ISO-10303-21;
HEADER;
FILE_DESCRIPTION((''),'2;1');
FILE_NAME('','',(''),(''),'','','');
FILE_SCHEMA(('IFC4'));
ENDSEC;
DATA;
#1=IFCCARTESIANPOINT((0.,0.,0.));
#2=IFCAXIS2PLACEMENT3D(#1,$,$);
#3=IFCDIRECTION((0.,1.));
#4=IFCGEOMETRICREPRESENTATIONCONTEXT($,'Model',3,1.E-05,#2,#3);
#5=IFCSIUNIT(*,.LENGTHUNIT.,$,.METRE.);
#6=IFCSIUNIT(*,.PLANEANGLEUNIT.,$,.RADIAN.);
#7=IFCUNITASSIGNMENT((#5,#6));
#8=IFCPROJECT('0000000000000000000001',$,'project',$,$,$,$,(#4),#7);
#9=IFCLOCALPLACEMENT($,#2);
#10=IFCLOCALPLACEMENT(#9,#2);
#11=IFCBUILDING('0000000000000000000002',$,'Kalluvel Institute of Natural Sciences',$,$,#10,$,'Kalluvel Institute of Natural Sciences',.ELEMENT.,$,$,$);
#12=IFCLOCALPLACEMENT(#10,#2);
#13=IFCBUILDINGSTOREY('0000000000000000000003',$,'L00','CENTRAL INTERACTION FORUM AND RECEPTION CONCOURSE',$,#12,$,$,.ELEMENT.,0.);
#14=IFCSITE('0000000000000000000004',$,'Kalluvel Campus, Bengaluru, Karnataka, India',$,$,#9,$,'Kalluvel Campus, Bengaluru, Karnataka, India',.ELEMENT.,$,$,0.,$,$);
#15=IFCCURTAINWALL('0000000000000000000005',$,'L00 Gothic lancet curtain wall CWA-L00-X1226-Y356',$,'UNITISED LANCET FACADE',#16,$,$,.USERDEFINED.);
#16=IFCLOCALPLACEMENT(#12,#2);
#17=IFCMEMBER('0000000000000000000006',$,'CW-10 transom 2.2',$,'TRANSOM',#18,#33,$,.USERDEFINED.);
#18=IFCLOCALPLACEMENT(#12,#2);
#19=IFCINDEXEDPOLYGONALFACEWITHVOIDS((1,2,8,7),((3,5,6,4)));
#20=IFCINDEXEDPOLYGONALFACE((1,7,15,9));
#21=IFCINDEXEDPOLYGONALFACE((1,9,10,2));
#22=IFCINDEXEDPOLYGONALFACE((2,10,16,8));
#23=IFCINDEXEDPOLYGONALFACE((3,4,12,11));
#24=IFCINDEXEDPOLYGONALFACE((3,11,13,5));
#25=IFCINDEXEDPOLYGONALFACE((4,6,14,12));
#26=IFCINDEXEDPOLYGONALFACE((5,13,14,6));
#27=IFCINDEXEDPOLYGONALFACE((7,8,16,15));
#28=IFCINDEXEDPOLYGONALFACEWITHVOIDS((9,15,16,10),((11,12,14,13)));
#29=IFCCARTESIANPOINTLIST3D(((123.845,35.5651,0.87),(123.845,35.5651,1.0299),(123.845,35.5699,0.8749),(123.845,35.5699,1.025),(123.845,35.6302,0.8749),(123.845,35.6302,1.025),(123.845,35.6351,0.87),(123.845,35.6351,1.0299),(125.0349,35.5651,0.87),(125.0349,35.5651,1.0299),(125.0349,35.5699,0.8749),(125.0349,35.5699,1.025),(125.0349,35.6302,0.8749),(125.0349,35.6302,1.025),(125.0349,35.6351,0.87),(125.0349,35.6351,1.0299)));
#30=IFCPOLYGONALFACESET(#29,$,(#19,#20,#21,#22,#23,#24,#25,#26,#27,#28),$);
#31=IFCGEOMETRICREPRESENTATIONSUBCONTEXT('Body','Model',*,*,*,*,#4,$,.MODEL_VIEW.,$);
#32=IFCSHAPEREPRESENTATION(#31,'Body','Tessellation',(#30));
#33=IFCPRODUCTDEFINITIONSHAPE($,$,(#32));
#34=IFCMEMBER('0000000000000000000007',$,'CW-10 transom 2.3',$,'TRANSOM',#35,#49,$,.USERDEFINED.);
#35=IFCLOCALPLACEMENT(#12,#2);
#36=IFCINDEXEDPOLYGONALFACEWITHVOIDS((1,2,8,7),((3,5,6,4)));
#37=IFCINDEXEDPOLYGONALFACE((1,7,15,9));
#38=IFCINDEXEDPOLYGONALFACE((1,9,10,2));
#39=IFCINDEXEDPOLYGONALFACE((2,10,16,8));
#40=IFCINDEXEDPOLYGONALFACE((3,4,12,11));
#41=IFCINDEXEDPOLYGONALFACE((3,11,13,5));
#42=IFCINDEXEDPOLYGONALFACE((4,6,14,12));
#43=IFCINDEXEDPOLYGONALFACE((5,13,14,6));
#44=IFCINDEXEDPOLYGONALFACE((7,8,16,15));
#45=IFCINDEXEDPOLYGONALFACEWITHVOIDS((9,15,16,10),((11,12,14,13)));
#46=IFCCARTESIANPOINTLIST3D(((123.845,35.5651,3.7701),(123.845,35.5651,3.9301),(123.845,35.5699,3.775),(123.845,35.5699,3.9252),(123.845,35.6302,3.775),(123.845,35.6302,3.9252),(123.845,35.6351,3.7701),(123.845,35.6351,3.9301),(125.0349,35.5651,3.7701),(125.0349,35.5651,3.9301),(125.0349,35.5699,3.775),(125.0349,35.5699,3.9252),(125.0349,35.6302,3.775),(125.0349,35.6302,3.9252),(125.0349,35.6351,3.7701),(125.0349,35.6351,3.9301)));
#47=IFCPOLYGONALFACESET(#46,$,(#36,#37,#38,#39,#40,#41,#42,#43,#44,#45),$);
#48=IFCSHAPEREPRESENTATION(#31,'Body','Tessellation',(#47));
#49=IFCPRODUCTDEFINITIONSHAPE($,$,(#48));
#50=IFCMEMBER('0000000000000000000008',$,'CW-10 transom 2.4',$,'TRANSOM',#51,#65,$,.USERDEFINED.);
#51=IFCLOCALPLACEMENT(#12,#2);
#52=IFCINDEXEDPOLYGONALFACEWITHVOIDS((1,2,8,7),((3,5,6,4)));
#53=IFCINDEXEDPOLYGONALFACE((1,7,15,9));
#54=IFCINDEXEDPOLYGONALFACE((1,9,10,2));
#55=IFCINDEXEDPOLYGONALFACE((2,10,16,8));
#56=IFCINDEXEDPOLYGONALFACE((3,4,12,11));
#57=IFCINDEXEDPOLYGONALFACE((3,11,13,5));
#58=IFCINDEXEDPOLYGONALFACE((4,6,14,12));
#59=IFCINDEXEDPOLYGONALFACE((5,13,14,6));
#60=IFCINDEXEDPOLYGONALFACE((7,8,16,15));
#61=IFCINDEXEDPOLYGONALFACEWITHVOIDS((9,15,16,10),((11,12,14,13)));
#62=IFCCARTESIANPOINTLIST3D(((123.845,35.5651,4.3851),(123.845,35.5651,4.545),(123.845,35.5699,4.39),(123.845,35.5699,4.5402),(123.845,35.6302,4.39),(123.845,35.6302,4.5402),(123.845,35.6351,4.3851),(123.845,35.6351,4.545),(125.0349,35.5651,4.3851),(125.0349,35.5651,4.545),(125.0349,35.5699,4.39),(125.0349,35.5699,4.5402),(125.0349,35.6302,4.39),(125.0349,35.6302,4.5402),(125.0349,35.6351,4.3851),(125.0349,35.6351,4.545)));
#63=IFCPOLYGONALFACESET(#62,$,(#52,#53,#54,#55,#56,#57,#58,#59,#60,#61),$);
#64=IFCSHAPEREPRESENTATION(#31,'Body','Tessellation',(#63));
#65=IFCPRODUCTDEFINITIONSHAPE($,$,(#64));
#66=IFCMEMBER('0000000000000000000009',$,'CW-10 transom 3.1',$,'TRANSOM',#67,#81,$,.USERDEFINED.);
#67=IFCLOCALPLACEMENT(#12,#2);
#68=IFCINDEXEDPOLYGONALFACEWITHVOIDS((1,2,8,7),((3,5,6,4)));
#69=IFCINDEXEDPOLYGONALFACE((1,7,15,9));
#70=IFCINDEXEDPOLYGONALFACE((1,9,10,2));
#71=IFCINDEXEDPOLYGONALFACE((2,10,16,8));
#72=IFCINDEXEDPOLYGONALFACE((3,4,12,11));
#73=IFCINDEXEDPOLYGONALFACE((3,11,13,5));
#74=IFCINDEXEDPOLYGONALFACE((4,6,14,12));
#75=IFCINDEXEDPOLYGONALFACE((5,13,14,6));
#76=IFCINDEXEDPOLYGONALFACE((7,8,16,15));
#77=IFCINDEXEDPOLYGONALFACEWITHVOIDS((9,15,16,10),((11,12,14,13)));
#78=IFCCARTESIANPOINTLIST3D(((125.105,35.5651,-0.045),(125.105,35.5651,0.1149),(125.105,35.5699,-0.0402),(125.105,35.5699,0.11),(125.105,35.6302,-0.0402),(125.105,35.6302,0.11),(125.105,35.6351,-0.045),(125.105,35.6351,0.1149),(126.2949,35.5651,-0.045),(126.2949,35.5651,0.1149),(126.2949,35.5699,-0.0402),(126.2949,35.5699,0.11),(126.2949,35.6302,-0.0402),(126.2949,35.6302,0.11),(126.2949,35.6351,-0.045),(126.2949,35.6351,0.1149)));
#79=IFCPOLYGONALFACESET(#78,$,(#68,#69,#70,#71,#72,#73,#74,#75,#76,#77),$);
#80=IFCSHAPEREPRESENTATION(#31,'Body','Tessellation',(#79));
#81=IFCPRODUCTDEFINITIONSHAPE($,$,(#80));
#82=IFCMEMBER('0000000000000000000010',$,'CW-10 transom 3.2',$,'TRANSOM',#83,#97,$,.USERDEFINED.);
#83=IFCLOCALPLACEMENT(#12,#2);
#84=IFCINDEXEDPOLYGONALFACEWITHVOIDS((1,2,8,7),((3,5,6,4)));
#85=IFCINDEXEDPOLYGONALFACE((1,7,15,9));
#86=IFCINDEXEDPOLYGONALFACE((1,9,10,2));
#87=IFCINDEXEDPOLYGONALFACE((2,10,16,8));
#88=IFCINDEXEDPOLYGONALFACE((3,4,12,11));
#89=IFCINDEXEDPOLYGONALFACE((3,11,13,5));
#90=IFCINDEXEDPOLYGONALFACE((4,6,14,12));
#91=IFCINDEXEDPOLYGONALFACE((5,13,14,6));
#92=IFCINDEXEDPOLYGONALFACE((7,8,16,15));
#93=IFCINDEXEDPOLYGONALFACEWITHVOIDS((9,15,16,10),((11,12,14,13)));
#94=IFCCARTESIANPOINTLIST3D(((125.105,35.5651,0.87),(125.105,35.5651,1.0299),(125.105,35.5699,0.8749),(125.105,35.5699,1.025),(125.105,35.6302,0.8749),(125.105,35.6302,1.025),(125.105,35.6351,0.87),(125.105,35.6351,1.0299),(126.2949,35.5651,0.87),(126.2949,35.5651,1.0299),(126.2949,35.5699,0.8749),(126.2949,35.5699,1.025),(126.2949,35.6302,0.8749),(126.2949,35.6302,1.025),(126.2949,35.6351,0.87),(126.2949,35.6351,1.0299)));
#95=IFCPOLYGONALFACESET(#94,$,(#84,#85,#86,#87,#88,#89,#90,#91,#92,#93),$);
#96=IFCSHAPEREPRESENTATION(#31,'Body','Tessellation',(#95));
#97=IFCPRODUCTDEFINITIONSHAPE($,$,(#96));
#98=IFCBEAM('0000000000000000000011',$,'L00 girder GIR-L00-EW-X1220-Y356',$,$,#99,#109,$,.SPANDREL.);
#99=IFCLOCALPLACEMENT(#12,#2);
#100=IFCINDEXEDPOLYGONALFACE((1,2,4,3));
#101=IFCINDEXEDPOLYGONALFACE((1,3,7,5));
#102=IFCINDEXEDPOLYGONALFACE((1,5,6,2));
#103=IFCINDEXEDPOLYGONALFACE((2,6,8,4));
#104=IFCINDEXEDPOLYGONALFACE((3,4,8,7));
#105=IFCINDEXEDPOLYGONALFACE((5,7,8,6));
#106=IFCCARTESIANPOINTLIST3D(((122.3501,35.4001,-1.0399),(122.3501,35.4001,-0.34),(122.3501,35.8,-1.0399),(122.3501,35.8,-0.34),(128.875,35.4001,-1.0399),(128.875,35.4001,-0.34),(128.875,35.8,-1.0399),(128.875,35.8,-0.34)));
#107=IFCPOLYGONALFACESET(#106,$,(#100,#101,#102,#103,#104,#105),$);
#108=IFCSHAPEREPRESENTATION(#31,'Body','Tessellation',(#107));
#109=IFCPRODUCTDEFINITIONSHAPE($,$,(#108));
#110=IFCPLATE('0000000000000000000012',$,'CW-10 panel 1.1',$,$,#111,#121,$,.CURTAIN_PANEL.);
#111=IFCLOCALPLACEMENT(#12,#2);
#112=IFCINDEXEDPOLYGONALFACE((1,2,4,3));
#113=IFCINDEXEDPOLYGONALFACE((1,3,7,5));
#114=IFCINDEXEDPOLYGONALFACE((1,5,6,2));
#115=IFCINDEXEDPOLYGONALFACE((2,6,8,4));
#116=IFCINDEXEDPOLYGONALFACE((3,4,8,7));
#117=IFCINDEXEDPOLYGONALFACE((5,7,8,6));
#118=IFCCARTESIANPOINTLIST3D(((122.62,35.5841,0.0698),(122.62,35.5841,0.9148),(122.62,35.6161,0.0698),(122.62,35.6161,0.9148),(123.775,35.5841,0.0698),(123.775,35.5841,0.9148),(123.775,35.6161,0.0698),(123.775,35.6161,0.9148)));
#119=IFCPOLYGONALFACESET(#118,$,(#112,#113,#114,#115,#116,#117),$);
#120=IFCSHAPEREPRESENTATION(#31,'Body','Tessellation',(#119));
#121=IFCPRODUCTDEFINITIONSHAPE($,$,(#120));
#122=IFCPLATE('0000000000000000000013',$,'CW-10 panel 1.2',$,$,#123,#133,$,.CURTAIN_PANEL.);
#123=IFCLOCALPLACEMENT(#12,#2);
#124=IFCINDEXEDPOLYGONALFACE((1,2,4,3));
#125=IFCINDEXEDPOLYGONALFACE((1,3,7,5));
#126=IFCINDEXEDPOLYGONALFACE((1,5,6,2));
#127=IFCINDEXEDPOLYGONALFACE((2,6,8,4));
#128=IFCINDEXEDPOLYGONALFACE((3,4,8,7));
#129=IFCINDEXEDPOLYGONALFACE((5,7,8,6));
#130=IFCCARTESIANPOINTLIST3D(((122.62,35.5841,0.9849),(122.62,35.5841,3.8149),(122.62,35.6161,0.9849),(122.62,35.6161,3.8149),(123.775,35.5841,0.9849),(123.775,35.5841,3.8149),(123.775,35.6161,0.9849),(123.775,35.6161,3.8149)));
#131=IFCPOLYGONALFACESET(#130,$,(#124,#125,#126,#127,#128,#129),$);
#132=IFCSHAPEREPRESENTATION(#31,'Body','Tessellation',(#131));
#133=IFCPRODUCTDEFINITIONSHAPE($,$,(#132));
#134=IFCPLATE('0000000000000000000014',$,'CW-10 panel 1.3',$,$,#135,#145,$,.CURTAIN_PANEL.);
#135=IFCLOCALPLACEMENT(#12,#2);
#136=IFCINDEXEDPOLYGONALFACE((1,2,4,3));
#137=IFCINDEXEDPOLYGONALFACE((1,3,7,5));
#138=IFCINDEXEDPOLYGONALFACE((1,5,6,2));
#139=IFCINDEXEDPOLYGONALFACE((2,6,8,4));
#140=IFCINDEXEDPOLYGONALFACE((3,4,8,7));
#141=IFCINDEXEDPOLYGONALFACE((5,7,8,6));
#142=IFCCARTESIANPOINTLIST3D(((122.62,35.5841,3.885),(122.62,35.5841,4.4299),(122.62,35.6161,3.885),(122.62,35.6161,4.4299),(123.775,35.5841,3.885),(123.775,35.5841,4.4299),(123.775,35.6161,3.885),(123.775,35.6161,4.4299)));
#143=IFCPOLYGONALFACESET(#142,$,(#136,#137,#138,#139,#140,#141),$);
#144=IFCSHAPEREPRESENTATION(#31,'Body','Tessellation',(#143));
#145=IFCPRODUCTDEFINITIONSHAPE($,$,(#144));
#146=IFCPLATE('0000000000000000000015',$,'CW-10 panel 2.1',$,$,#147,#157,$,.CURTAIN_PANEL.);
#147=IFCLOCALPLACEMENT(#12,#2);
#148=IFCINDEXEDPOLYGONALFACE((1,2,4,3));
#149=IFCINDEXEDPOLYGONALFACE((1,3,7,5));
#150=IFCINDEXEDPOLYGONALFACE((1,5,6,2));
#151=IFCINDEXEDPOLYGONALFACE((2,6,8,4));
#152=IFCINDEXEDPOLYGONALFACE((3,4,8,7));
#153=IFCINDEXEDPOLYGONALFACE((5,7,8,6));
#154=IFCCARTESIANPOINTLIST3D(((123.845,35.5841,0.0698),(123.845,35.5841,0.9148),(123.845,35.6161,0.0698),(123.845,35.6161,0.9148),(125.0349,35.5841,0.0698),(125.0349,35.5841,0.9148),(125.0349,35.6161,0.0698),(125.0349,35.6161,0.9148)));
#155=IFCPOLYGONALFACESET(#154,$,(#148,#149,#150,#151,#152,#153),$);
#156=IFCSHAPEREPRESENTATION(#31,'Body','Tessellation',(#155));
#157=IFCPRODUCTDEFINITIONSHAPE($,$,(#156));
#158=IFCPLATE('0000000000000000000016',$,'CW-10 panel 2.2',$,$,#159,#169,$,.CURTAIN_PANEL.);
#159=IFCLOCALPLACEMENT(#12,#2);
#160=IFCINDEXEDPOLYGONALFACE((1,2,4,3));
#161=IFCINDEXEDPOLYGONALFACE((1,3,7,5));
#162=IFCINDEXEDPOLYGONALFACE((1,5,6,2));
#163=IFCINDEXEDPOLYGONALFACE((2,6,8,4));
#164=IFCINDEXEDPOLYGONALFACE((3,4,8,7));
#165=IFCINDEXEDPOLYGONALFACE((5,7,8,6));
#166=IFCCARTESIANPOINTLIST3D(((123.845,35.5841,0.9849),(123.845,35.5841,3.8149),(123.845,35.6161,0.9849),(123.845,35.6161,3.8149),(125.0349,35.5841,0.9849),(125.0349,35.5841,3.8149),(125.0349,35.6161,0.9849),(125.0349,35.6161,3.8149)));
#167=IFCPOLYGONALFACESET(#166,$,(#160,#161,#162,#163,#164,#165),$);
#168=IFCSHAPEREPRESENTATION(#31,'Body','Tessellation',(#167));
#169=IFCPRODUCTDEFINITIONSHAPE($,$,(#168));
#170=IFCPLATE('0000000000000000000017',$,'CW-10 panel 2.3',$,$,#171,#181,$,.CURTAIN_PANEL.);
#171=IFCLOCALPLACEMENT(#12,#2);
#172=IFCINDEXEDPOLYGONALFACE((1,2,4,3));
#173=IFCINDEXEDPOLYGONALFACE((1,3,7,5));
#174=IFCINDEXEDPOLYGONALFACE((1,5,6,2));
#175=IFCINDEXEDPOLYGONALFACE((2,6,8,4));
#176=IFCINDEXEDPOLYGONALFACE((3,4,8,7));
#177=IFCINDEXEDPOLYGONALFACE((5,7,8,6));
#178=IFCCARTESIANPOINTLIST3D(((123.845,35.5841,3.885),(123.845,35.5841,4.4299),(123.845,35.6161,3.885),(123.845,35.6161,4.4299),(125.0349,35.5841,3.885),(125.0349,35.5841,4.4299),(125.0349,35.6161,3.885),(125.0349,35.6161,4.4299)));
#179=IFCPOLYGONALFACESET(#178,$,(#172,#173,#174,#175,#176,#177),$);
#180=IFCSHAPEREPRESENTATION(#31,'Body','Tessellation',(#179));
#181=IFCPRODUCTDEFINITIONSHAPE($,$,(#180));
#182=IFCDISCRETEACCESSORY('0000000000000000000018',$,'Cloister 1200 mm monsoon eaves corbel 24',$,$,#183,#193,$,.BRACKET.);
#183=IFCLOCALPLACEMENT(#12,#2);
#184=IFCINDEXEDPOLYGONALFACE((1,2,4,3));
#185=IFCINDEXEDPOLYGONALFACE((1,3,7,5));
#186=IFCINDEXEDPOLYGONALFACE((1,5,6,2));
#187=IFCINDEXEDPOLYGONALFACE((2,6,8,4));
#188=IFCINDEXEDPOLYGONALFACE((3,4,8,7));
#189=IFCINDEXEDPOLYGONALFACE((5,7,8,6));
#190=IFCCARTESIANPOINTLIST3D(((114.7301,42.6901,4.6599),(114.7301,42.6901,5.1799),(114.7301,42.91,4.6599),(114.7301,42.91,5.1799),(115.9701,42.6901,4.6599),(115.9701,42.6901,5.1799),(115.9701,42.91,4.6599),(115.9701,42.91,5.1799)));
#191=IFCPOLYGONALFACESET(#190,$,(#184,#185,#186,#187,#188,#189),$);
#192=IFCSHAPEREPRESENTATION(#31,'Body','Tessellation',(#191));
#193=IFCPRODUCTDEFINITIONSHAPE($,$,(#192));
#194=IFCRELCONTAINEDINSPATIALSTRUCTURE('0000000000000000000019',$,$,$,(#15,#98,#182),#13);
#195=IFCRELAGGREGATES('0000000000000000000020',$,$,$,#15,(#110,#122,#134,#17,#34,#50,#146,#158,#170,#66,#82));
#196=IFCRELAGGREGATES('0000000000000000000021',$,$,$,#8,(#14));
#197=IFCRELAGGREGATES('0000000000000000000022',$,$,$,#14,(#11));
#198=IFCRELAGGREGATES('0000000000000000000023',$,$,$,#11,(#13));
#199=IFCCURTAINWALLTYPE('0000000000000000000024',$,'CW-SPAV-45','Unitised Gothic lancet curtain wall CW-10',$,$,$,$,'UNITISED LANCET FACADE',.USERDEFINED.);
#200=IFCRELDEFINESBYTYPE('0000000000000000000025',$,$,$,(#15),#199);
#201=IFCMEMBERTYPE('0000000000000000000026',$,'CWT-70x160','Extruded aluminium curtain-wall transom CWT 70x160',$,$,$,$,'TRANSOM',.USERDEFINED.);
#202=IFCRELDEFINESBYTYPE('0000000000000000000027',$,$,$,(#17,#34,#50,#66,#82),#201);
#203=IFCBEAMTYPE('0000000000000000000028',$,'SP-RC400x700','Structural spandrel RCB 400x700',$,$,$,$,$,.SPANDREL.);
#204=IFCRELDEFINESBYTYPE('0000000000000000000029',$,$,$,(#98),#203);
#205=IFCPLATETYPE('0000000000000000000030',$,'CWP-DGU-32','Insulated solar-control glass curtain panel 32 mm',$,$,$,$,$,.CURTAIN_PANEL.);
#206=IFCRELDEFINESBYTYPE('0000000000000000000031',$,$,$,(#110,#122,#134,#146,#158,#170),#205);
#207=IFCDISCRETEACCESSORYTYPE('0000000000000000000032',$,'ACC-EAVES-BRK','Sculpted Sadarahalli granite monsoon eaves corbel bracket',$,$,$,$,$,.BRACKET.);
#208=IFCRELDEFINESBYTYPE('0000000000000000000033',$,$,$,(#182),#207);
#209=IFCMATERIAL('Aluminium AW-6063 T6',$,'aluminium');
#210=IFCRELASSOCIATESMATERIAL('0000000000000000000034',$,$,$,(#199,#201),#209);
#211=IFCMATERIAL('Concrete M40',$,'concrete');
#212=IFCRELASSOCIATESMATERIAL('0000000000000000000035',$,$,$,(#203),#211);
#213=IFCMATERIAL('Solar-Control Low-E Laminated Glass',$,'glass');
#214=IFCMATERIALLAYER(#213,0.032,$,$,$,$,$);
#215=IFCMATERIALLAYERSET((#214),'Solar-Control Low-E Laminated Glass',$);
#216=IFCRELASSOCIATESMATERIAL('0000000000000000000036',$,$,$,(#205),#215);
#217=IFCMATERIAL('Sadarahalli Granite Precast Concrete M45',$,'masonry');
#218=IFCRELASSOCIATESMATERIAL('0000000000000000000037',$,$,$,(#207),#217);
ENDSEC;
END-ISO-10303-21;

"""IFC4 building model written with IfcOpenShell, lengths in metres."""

from ifc_helpers import new_model, si_unit, direction, frame, origin, origin_2d, place, context, subcontext, project, spatial, rectangle, hollow_rectangle, extrude, material, layer, layer_set, material_profile, profile_set, type_object, element, aggregate, save


model = new_model("IFC4")

# Units and contexts
model_context = context("Model", 3, precision=1e-05, world=origin(), true_north=direction((0.0, 1.0)))
body_context = subcontext(model_context, "Body", "Model", "MODEL_VIEW")
ifc_project = project(units=[si_unit("LENGTHUNIT", "METRE"), si_unit("PLANEANGLEUNIT", "RADIAN")], contexts=[model_context])

# Site, building, storey
site_placement = place(None, origin())
site = spatial("IfcSite", under=ifc_project, at=site_placement, Name="Kalluvel Campus, Bengaluru, Karnataka, India", LongName="Kalluvel Campus, Bengaluru, Karnataka, India", CompositionType="ELEMENT", RefElevation=0.0)
building_placement = place(site_placement, origin())
building = spatial("IfcBuilding", under=site, at=building_placement, Name="Kalluvel Institute of Natural Sciences", LongName="Kalluvel Institute of Natural Sciences", CompositionType="ELEMENT")
storey_placement = place(building_placement, origin())
storey = spatial("IfcBuildingStorey", under=building, at=storey_placement, Name="L00", Description="CENTRAL INTERACTION FORUM AND RECEPTION CONCOURSE", CompositionType="ELEMENT", Elevation=0.0)

# Shared definitions
ifc_material_1 = material(Name="Concrete M40", Category="concrete")

# Curtain wall, members
ifc_material_2 = material(Name="Aluminium AW-6063 T6", Category="aluminium")
curtain_wall_type = type_object("IfcCurtainWallType", Name="CW-SPAV-45", Description="Unitised Gothic lancet curtain wall CW-10", ElementType="UNITISED LANCET FACADE", PredefinedType="USERDEFINED", material=ifc_material_2)
curtain_wall_placement = place(storey_placement, origin())
curtain_wall = element("IfcCurtainWall", 1, at=curtain_wall_placement, inside=storey, type_object=curtain_wall_type, Name="L00 Gothic lancet curtain wall CWA-L00-X1226-Y356", ObjectType="UNITISED LANCET FACADE", PredefinedType="USERDEFINED")
ifc_material_profile_1 = material_profile(ifc_material_2, hollow_rectangle(XDim=0.0701, YDim=0.1599, WallThickness=0.0049, at=origin_2d()), Name="CWT 70x160")
ifc_profile_set_1 = profile_set([ifc_material_profile_1], Name="Aluminium AW-6063 T6")
member_type_1 = type_object("IfcMemberType", Name="CWT-70x160", Description="Extruded aluminium curtain-wall transom CWT 70x160", ElementType="TRANSOM", PredefinedType="USERDEFINED", material=ifc_profile_set_1)
member_1_placement = place(storey_placement, frame((123.845, 35.6001, 0.95), z_axis=(1.0, 0.0, 0.0), x_axis=(0.0, 1.0, 0.0)))
member_1 = element("IfcMember", 2, at=member_1_placement, type_object=member_type_1, Name="CW-10 transom 2.2", ObjectType="TRANSOM", PredefinedType="USERDEFINED", context=body_context, shape_type="SweptSolid", body=[
    extrude(hollow_rectangle(XDim=0.0701, YDim=0.1599, WallThickness=0.0049, at=origin_2d()), origin(), (0.0, 0.0, 1.0), 1.1899),
])
member_2_placement = place(storey_placement, frame((123.845, 35.6001, 3.8501), z_axis=(1.0, 0.0, 0.0), x_axis=(0.0, 1.0, 0.0)))
member_2 = element("IfcMember", 3, at=member_2_placement, type_object=member_type_1, Name="CW-10 transom 2.3", ObjectType="TRANSOM", PredefinedType="USERDEFINED", context=body_context, shape_type="SweptSolid", body=[
    extrude(hollow_rectangle(XDim=0.0701, YDim=0.1599, WallThickness=0.0049, at=origin_2d()), origin(), (0.0, 0.0, 1.0), 1.1899),
])
member_3_placement = place(storey_placement, frame((123.845, 35.6001, 4.4651), z_axis=(1.0, 0.0, 0.0), x_axis=(0.0, 1.0, 0.0)))
member_3 = element("IfcMember", 4, at=member_3_placement, type_object=member_type_1, Name="CW-10 transom 2.4", ObjectType="TRANSOM", PredefinedType="USERDEFINED", context=body_context, shape_type="SweptSolid", body=[
    extrude(hollow_rectangle(XDim=0.0701, YDim=0.1599, WallThickness=0.0049, at=origin_2d()), origin(), (0.0, 0.0, 1.0), 1.1899),
])
member_4_placement = place(storey_placement, frame((125.105, 35.6001, 0.0349), z_axis=(1.0, 0.0, 0.0), x_axis=(0.0, 1.0, 0.0)))
member_4 = element("IfcMember", 5, at=member_4_placement, type_object=member_type_1, Name="CW-10 transom 3.1", ObjectType="TRANSOM", PredefinedType="USERDEFINED", context=body_context, shape_type="SweptSolid", body=[
    extrude(hollow_rectangle(XDim=0.0701, YDim=0.1599, WallThickness=0.0049, at=origin_2d()), origin(), (0.0, 0.0, 1.0), 1.1899),
])
member_5_placement = place(storey_placement, frame((125.105, 35.6001, 0.95), z_axis=(1.0, 0.0, 0.0), x_axis=(0.0, 1.0, 0.0)))
member_5 = element("IfcMember", 6, at=member_5_placement, type_object=member_type_1, Name="CW-10 transom 3.2", ObjectType="TRANSOM", PredefinedType="USERDEFINED", context=body_context, shape_type="SweptSolid", body=[
    extrude(hollow_rectangle(XDim=0.0701, YDim=0.1599, WallThickness=0.0049, at=origin_2d()), origin(), (0.0, 0.0, 1.0), 1.1899),
])

# Beam
ifc_material_profile_2 = material_profile(ifc_material_1, rectangle(XDim=0.3999, YDim=0.7, at=origin_2d()), Name="RCB 400x700")
ifc_profile_set_2 = profile_set([ifc_material_profile_2], Name="Concrete M40")
beam_type = type_object("IfcBeamType", Name="SP-RC400x700", Description="Structural spandrel RCB 400x700", PredefinedType="SPANDREL", material=ifc_profile_set_2)
beam_placement = place(storey_placement, frame((122.3501, 35.6001, -0.6899), z_axis=(1.0, 0.0, 0.0), x_axis=(0.0, 1.0, 0.0)))
element("IfcBeam", 7, at=beam_placement, inside=storey, type_object=beam_type, Name="L00 girder GIR-L00-EW-X1220-Y356", PredefinedType="SPANDREL", context=body_context, shape_type="SweptSolid", body=[
    extrude(rectangle(XDim=0.3999, YDim=0.7, at=origin_2d()), origin(), (0.0, 0.0, 1.0), 6.5249),
])

# Plates
ifc_material_3 = material(Name="Solar-Control Low-E Laminated Glass", Category="glass")
ifc_layer = layer(ifc_material_3, 0.032)
ifc_layer_set = layer_set([ifc_layer], Name="Solar-Control Low-E Laminated Glass")
plate_type = type_object("IfcPlateType", Name="CWP-DGU-32", Description="Insulated solar-control glass curtain panel 32 mm", PredefinedType="CURTAIN_PANEL", material=ifc_layer_set)
plate_1_placement = place(storey_placement, frame((123.1975, 35.6001, 0.0698), z_axis=(0.0, 0.0, 1.0), x_axis=(1.0, 0.0, 0.0)))
plate_1 = element("IfcPlate", 8, at=plate_1_placement, type_object=plate_type, Name="CW-10 panel 1.1", PredefinedType="CURTAIN_PANEL", context=body_context, shape_type="SweptSolid", body=[
    extrude(rectangle(XDim=1.155, YDim=0.032, at=origin_2d()), origin(), (0.0, 0.0, 1.0), 0.845),
])
plate_2_placement = place(storey_placement, frame((123.1975, 35.6001, 0.9849), z_axis=(0.0, 0.0, 1.0), x_axis=(1.0, 0.0, 0.0)))
plate_2 = element("IfcPlate", 9, at=plate_2_placement, type_object=plate_type, Name="CW-10 panel 1.2", PredefinedType="CURTAIN_PANEL", context=body_context, shape_type="SweptSolid", body=[
    extrude(rectangle(XDim=1.155, YDim=0.032, at=origin_2d()), origin(), (0.0, 0.0, 1.0), 2.8301),
])
plate_3_placement = place(storey_placement, frame((123.1975, 35.6001, 3.885), z_axis=(0.0, 0.0, 1.0), x_axis=(1.0, 0.0, 0.0)))
plate_3 = element("IfcPlate", 10, at=plate_3_placement, type_object=plate_type, Name="CW-10 panel 1.3", PredefinedType="CURTAIN_PANEL", context=body_context, shape_type="SweptSolid", body=[
    extrude(rectangle(XDim=1.155, YDim=0.032, at=origin_2d()), origin(), (0.0, 0.0, 1.0), 0.5449),
])
plate_4_placement = place(storey_placement, frame((124.4399, 35.6001, 0.0698), z_axis=(0.0, 0.0, 1.0), x_axis=(1.0, 0.0, 0.0)))
plate_4 = element("IfcPlate", 11, at=plate_4_placement, type_object=plate_type, Name="CW-10 panel 2.1", PredefinedType="CURTAIN_PANEL", context=body_context, shape_type="SweptSolid", body=[
    extrude(rectangle(XDim=1.1899, YDim=0.032, at=origin_2d()), origin(), (0.0, 0.0, 1.0), 0.845),
])
plate_5_placement = place(storey_placement, frame((124.4399, 35.6001, 0.9849), z_axis=(0.0, 0.0, 1.0), x_axis=(1.0, 0.0, 0.0)))
plate_5 = element("IfcPlate", 12, at=plate_5_placement, type_object=plate_type, Name="CW-10 panel 2.2", PredefinedType="CURTAIN_PANEL", context=body_context, shape_type="SweptSolid", body=[
    extrude(rectangle(XDim=1.1899, YDim=0.032, at=origin_2d()), origin(), (0.0, 0.0, 1.0), 2.8301),
])
plate_6_placement = place(storey_placement, frame((124.4399, 35.6001, 3.885), z_axis=(0.0, 0.0, 1.0), x_axis=(1.0, 0.0, 0.0)))
plate_6 = element("IfcPlate", 13, at=plate_6_placement, type_object=plate_type, Name="CW-10 panel 2.3", PredefinedType="CURTAIN_PANEL", context=body_context, shape_type="SweptSolid", body=[
    extrude(rectangle(XDim=1.1899, YDim=0.032, at=origin_2d()), origin(), (0.0, 0.0, 1.0), 0.5449),
])
aggregate(curtain_wall, [plate_1, plate_2, plate_3, member_1, member_2, member_3, plate_4, plate_5, plate_6, member_4, member_5])

# Discrete accessory
ifc_material_4 = material(Name="Sadarahalli Granite Precast Concrete M45", Category="masonry")
discrete_accessory_type = type_object("IfcDiscreteAccessoryType", Name="ACC-EAVES-BRK", Description="Sculpted Sadarahalli granite monsoon eaves corbel bracket", PredefinedType="BRACKET", material=ifc_material_4)
discrete_accessory_placement = place(storey_placement, frame((115.3501, 42.8, 4.6599), z_axis=(0.0, 0.0, 1.0), x_axis=(1.0, 0.0, 0.0)))
element("IfcDiscreteAccessory", 14, at=discrete_accessory_placement, inside=storey, type_object=discrete_accessory_type, Name="Cloister 1200 mm monsoon eaves corbel 24", PredefinedType="BRACKET", context=body_context, shape_type="SweptSolid", body=[
    extrude(rectangle(XDim=1.24, YDim=0.22, at=origin_2d()), origin(), (0.0, 0.0, 1.0), 0.52),
])

save(model, "model.ifc")
